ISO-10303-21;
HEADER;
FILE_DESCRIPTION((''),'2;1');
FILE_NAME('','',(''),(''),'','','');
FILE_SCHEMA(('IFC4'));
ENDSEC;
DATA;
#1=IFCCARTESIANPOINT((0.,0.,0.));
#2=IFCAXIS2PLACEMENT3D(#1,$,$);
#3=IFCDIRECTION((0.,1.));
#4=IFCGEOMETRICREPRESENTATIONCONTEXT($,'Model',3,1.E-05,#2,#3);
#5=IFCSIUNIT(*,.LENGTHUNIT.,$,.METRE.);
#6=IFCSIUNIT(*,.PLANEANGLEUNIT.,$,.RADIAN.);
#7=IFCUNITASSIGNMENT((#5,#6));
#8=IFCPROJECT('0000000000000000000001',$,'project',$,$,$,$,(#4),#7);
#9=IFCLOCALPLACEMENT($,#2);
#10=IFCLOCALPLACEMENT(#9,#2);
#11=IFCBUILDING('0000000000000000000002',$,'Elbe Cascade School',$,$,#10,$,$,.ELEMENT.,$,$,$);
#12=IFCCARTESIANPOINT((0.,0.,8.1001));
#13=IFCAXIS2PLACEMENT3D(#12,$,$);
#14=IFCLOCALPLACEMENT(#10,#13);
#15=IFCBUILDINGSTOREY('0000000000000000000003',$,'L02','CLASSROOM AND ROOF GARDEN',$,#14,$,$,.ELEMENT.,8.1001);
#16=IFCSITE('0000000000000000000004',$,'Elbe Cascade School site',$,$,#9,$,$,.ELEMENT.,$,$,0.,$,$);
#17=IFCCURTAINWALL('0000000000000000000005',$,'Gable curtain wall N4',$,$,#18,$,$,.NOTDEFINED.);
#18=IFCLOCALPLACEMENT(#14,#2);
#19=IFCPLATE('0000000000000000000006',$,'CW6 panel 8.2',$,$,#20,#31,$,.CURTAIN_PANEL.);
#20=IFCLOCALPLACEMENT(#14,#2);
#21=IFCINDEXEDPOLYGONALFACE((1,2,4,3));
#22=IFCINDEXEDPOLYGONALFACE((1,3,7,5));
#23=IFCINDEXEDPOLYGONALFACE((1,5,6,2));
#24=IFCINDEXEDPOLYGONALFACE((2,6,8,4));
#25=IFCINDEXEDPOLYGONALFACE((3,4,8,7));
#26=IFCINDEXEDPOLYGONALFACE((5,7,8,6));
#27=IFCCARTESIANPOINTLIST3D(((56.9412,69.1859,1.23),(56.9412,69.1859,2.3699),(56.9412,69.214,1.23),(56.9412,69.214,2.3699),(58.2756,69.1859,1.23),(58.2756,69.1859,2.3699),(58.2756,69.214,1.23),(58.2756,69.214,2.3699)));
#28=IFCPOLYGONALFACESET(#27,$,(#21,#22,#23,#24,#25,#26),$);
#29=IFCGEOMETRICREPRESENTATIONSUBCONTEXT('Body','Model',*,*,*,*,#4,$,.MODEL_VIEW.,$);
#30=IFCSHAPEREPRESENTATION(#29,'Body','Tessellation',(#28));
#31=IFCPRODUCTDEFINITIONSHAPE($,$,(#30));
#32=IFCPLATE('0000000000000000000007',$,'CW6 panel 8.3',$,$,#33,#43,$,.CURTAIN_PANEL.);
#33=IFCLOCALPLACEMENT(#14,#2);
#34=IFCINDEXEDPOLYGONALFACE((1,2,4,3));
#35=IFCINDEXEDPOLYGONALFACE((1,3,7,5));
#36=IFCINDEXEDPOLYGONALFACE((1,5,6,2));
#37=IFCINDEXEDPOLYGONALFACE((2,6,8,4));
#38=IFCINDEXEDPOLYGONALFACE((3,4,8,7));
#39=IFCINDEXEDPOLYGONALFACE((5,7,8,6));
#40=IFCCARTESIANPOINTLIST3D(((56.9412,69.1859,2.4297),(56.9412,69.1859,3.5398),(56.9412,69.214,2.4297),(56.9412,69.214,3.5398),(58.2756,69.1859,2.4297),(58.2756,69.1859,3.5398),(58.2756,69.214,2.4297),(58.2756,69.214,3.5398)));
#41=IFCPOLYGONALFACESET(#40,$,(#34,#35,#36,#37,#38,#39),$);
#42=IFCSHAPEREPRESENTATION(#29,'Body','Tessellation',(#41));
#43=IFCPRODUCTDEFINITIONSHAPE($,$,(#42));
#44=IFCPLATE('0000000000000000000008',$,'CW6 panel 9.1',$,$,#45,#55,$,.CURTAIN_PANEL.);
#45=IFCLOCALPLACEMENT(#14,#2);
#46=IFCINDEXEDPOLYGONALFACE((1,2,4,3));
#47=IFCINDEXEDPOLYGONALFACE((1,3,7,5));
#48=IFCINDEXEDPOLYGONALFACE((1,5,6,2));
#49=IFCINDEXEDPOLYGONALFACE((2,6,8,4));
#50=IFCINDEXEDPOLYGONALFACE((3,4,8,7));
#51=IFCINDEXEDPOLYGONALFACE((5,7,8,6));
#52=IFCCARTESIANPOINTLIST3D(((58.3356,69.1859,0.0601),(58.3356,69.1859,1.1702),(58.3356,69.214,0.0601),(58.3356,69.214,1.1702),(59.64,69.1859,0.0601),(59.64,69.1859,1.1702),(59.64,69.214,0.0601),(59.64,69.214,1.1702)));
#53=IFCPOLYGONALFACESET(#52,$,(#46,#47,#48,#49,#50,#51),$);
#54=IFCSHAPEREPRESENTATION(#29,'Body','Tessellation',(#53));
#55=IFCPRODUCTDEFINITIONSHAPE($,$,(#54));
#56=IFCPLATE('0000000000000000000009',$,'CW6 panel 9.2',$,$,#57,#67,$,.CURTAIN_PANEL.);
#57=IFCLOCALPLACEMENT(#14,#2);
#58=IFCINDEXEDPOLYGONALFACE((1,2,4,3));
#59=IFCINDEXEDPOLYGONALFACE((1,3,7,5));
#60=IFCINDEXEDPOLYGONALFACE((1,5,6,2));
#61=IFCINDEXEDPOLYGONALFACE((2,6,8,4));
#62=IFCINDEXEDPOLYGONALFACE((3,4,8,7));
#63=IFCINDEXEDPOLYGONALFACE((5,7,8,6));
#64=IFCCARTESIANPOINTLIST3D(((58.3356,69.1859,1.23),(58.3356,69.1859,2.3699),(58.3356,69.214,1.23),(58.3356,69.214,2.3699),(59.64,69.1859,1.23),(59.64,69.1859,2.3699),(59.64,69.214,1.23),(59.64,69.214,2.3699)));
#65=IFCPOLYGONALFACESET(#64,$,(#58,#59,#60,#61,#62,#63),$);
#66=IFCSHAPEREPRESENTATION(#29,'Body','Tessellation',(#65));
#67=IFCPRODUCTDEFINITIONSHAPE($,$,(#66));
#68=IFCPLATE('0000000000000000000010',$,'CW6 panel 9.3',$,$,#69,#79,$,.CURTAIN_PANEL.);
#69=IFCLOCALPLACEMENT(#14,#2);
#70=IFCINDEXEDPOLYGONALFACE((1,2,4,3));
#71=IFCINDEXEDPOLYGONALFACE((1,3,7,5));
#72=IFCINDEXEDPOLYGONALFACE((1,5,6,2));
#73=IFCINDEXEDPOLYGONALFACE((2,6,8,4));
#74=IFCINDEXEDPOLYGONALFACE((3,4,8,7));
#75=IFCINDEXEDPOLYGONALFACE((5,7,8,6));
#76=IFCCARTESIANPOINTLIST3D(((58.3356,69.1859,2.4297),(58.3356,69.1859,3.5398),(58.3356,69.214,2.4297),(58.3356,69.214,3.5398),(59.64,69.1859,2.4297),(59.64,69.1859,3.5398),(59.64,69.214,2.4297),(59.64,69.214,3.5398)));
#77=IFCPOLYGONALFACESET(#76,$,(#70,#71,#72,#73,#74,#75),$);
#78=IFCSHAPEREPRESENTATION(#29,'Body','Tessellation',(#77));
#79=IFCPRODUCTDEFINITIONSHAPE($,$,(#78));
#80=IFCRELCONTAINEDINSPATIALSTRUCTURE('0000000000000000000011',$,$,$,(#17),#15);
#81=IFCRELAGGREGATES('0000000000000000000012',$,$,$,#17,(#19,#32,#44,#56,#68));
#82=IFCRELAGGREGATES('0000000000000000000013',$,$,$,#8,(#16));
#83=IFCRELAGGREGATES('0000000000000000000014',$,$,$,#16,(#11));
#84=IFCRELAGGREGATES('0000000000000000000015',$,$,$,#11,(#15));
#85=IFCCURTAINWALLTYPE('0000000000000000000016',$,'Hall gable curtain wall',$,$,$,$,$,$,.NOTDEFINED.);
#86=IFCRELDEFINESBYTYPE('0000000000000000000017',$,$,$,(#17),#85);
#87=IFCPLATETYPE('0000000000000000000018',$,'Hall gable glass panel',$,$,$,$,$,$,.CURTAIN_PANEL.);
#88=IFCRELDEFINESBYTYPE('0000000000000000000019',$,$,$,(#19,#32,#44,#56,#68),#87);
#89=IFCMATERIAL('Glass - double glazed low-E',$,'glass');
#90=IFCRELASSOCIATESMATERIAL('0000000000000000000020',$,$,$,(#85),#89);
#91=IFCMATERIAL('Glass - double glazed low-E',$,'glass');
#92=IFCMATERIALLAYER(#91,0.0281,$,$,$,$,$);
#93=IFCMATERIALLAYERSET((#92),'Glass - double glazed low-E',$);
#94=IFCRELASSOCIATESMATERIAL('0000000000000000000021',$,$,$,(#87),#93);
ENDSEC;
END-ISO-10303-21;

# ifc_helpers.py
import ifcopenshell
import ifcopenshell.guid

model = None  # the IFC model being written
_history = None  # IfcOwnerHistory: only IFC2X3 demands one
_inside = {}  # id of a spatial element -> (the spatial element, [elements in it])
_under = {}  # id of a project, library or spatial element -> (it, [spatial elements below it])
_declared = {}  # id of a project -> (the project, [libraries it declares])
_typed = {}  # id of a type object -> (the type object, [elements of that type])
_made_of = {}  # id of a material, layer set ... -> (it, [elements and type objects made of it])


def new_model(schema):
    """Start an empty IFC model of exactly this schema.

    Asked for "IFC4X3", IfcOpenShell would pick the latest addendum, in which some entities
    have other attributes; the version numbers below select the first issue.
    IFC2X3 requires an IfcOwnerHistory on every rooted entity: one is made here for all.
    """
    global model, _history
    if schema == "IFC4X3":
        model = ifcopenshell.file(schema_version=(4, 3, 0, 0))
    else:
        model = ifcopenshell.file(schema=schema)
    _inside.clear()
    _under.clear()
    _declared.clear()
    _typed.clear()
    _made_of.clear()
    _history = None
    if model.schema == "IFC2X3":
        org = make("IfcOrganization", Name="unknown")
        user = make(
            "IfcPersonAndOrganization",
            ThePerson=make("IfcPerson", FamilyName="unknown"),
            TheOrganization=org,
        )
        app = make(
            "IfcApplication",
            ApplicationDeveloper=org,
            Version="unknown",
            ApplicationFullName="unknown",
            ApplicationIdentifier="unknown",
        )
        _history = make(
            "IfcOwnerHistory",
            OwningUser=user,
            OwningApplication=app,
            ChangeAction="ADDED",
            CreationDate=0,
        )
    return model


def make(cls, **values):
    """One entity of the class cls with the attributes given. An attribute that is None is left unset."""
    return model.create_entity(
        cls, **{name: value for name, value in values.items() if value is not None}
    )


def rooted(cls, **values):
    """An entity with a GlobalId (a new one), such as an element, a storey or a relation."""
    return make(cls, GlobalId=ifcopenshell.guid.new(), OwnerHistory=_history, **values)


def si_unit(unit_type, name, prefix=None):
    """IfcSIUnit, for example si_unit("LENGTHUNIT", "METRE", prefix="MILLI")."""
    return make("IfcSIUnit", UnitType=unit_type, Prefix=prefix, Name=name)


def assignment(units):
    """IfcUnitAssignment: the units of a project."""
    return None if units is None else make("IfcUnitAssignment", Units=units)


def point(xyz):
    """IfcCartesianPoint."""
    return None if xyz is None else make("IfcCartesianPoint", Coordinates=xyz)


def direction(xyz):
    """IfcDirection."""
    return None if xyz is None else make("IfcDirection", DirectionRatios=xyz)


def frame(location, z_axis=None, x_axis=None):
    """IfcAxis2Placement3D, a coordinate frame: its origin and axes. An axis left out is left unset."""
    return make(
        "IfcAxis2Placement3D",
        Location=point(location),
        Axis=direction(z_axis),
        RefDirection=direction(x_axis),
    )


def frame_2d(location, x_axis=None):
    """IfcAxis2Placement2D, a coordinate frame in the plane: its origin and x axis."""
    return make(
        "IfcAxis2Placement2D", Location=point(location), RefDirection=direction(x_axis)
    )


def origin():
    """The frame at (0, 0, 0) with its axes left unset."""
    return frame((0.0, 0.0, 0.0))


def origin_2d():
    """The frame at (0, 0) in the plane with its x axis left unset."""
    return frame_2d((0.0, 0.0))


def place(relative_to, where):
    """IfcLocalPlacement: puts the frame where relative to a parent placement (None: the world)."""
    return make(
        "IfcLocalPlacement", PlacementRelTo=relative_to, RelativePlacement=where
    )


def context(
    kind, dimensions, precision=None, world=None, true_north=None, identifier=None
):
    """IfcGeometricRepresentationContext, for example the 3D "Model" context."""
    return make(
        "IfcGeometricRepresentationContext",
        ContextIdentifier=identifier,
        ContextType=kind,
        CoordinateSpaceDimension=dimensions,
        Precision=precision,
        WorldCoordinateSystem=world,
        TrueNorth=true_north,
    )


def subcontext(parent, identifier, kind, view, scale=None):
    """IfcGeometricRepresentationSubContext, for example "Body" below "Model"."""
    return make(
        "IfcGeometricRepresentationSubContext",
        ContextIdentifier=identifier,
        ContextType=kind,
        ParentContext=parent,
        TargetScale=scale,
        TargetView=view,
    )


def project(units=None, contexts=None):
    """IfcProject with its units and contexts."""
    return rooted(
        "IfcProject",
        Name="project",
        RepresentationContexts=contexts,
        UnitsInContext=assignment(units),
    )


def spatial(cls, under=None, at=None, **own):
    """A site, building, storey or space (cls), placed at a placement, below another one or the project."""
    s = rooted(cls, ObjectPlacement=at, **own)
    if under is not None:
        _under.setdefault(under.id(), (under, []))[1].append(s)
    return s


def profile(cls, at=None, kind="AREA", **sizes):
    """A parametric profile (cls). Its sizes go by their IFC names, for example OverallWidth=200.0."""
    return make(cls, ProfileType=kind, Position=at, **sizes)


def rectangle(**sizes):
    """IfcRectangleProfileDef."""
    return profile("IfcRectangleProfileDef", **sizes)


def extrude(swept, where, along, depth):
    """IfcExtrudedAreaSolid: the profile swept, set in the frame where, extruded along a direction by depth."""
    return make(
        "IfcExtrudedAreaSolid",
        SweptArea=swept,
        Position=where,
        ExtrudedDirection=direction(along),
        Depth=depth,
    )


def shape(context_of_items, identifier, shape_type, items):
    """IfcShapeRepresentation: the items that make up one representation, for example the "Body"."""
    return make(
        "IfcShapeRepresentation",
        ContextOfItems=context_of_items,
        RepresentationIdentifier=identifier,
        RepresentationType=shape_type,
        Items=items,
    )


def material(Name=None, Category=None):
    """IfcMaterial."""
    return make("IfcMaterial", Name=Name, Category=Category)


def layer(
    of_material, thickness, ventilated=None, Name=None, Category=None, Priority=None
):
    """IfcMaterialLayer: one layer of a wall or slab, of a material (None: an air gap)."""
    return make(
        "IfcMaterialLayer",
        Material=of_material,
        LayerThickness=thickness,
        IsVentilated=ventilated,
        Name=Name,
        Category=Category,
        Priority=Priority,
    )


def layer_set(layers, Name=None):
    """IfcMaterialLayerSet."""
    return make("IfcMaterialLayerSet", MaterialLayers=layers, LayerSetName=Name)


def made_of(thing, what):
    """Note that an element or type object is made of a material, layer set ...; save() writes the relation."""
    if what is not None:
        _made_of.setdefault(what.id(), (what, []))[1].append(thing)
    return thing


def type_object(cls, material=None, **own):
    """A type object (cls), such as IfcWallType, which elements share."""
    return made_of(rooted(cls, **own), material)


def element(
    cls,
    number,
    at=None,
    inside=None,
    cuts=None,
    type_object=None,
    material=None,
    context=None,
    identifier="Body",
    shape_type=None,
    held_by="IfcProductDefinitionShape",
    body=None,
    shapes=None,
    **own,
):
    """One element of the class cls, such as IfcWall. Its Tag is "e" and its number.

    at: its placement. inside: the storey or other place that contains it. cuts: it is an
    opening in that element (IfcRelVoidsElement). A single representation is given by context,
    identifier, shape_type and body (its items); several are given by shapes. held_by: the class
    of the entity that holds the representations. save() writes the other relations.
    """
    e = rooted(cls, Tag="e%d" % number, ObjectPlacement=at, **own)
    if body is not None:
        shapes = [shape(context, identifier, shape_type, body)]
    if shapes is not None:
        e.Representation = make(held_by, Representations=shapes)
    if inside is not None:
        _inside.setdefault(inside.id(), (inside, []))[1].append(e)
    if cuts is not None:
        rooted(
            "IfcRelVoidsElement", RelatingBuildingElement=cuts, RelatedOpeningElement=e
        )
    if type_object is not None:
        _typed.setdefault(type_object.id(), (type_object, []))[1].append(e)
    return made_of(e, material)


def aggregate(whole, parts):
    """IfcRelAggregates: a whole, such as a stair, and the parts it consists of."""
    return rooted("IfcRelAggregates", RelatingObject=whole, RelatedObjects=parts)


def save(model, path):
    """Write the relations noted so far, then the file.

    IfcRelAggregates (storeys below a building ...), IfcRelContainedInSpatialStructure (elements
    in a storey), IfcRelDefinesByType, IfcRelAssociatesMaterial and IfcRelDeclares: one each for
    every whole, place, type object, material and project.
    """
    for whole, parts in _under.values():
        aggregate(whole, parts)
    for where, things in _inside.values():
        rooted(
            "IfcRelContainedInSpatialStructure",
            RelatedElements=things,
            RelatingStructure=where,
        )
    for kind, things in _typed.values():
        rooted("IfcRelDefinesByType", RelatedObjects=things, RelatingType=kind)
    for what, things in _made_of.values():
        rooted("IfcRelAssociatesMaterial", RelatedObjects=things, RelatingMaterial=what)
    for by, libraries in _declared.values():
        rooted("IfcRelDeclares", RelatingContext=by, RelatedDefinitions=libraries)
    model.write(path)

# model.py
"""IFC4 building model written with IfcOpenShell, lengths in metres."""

from ifc_helpers import new_model, si_unit, direction, frame, origin, origin_2d, place, context, subcontext, project, spatial, rectangle, extrude, material, layer, layer_set, type_object, element, aggregate, save


model = new_model("IFC4")

# Units and contexts
model_context = context("Model", 3, precision=1e-05, world=origin(), true_north=direction((0.0, 1.0)))
body_context = subcontext(model_context, "Body", "Model", "MODEL_VIEW")
ifc_project = project(units=[si_unit("LENGTHUNIT", "METRE"), si_unit("PLANEANGLEUNIT", "RADIAN")], contexts=[model_context])

# Site, building, storey
site_placement = place(None, origin())
site = spatial("IfcSite", under=ifc_project, at=site_placement, Name="Elbe Cascade School site", CompositionType="ELEMENT", RefElevation=0.0)
building_placement = place(site_placement, origin())
building = spatial("IfcBuilding", under=site, at=building_placement, Name="Elbe Cascade School", CompositionType="ELEMENT")
storey_placement = place(building_placement, frame((0.0, 0.0, 8.1001)))
storey = spatial("IfcBuildingStorey", under=building, at=storey_placement, Name="L02", Description="CLASSROOM AND ROOF GARDEN", CompositionType="ELEMENT", Elevation=8.1001)

# Curtain wall, plates
ifc_material_1 = material(Name="Glass - double glazed low-E", Category="glass")
curtain_wall_type = type_object("IfcCurtainWallType", Name="Hall gable curtain wall", PredefinedType="NOTDEFINED", material=ifc_material_1)
curtain_wall_placement = place(storey_placement, origin())
curtain_wall = element("IfcCurtainWall", 1, at=curtain_wall_placement, inside=storey, type_object=curtain_wall_type, Name="Gable curtain wall N4", PredefinedType="NOTDEFINED")
ifc_material_2 = material(Name="Glass - double glazed low-E", Category="glass")
ifc_layer = layer(ifc_material_2, 0.0281)
ifc_layer_set = layer_set([ifc_layer], Name="Glass - double glazed low-E")
plate_type = type_object("IfcPlateType", Name="Hall gable glass panel", PredefinedType="CURTAIN_PANEL", material=ifc_layer_set)
plate_1_placement = place(storey_placement, frame((57.6084, 69.2, 1.23), z_axis=(0.0, 0.0, 1.0), x_axis=(1.0, 0.0, 0.0)))
plate_1 = element("IfcPlate", 2, at=plate_1_placement, type_object=plate_type, Name="CW6 panel 8.2", PredefinedType="CURTAIN_PANEL", context=body_context, shape_type="SweptSolid", body=[
    extrude(rectangle(XDim=1.3345, YDim=0.0281, at=origin_2d()), origin(), (0.0, 0.0, 1.0), 1.1399),
])
plate_2_placement = place(storey_placement, frame((57.6084, 69.2, 2.4297), z_axis=(0.0, 0.0, 1.0), x_axis=(1.0, 0.0, 0.0)))
plate_2 = element("IfcPlate", 3, at=plate_2_placement, type_object=plate_type, Name="CW6 panel 8.3", PredefinedType="CURTAIN_PANEL", context=body_context, shape_type="SweptSolid", body=[
    extrude(rectangle(XDim=1.3345, YDim=0.0281, at=origin_2d()), origin(), (0.0, 0.0, 1.0), 1.1101),
])
plate_3_placement = place(storey_placement, frame((58.9878, 69.2, 0.0601), z_axis=(0.0, 0.0, 1.0), x_axis=(1.0, 0.0, 0.0)))
plate_3 = element("IfcPlate", 4, at=plate_3_placement, type_object=plate_type, Name="CW6 panel 9.1", PredefinedType="CURTAIN_PANEL", context=body_context, shape_type="SweptSolid", body=[
    extrude(rectangle(XDim=1.3044, YDim=0.0281, at=origin_2d()), origin(), (0.0, 0.0, 1.0), 1.1101),
])
plate_4_placement = place(storey_placement, frame((58.9878, 69.2, 1.23), z_axis=(0.0, 0.0, 1.0), x_axis=(1.0, 0.0, 0.0)))
plate_4 = element("IfcPlate", 5, at=plate_4_placement, type_object=plate_type, Name="CW6 panel 9.2", PredefinedType="CURTAIN_PANEL", context=body_context, shape_type="SweptSolid", body=[
    extrude(rectangle(XDim=1.3044, YDim=0.0281, at=origin_2d()), origin(), (0.0, 0.0, 1.0), 1.1399),
])
plate_5_placement = place(storey_placement, frame((58.9878, 69.2, 2.4297), z_axis=(0.0, 0.0, 1.0), x_axis=(1.0, 0.0, 0.0)))
plate_5 = element("IfcPlate", 6, at=plate_5_placement, type_object=plate_type, Name="CW6 panel 9.3", PredefinedType="CURTAIN_PANEL", context=body_context, shape_type="SweptSolid", body=[
    extrude(rectangle(XDim=1.3044, YDim=0.0281, at=origin_2d()), origin(), (0.0, 0.0, 1.0), 1.1101),
])
aggregate(curtain_wall, [plate_1, plate_2, plate_3, plate_4, plate_5])

save(model, "model.ifc")
